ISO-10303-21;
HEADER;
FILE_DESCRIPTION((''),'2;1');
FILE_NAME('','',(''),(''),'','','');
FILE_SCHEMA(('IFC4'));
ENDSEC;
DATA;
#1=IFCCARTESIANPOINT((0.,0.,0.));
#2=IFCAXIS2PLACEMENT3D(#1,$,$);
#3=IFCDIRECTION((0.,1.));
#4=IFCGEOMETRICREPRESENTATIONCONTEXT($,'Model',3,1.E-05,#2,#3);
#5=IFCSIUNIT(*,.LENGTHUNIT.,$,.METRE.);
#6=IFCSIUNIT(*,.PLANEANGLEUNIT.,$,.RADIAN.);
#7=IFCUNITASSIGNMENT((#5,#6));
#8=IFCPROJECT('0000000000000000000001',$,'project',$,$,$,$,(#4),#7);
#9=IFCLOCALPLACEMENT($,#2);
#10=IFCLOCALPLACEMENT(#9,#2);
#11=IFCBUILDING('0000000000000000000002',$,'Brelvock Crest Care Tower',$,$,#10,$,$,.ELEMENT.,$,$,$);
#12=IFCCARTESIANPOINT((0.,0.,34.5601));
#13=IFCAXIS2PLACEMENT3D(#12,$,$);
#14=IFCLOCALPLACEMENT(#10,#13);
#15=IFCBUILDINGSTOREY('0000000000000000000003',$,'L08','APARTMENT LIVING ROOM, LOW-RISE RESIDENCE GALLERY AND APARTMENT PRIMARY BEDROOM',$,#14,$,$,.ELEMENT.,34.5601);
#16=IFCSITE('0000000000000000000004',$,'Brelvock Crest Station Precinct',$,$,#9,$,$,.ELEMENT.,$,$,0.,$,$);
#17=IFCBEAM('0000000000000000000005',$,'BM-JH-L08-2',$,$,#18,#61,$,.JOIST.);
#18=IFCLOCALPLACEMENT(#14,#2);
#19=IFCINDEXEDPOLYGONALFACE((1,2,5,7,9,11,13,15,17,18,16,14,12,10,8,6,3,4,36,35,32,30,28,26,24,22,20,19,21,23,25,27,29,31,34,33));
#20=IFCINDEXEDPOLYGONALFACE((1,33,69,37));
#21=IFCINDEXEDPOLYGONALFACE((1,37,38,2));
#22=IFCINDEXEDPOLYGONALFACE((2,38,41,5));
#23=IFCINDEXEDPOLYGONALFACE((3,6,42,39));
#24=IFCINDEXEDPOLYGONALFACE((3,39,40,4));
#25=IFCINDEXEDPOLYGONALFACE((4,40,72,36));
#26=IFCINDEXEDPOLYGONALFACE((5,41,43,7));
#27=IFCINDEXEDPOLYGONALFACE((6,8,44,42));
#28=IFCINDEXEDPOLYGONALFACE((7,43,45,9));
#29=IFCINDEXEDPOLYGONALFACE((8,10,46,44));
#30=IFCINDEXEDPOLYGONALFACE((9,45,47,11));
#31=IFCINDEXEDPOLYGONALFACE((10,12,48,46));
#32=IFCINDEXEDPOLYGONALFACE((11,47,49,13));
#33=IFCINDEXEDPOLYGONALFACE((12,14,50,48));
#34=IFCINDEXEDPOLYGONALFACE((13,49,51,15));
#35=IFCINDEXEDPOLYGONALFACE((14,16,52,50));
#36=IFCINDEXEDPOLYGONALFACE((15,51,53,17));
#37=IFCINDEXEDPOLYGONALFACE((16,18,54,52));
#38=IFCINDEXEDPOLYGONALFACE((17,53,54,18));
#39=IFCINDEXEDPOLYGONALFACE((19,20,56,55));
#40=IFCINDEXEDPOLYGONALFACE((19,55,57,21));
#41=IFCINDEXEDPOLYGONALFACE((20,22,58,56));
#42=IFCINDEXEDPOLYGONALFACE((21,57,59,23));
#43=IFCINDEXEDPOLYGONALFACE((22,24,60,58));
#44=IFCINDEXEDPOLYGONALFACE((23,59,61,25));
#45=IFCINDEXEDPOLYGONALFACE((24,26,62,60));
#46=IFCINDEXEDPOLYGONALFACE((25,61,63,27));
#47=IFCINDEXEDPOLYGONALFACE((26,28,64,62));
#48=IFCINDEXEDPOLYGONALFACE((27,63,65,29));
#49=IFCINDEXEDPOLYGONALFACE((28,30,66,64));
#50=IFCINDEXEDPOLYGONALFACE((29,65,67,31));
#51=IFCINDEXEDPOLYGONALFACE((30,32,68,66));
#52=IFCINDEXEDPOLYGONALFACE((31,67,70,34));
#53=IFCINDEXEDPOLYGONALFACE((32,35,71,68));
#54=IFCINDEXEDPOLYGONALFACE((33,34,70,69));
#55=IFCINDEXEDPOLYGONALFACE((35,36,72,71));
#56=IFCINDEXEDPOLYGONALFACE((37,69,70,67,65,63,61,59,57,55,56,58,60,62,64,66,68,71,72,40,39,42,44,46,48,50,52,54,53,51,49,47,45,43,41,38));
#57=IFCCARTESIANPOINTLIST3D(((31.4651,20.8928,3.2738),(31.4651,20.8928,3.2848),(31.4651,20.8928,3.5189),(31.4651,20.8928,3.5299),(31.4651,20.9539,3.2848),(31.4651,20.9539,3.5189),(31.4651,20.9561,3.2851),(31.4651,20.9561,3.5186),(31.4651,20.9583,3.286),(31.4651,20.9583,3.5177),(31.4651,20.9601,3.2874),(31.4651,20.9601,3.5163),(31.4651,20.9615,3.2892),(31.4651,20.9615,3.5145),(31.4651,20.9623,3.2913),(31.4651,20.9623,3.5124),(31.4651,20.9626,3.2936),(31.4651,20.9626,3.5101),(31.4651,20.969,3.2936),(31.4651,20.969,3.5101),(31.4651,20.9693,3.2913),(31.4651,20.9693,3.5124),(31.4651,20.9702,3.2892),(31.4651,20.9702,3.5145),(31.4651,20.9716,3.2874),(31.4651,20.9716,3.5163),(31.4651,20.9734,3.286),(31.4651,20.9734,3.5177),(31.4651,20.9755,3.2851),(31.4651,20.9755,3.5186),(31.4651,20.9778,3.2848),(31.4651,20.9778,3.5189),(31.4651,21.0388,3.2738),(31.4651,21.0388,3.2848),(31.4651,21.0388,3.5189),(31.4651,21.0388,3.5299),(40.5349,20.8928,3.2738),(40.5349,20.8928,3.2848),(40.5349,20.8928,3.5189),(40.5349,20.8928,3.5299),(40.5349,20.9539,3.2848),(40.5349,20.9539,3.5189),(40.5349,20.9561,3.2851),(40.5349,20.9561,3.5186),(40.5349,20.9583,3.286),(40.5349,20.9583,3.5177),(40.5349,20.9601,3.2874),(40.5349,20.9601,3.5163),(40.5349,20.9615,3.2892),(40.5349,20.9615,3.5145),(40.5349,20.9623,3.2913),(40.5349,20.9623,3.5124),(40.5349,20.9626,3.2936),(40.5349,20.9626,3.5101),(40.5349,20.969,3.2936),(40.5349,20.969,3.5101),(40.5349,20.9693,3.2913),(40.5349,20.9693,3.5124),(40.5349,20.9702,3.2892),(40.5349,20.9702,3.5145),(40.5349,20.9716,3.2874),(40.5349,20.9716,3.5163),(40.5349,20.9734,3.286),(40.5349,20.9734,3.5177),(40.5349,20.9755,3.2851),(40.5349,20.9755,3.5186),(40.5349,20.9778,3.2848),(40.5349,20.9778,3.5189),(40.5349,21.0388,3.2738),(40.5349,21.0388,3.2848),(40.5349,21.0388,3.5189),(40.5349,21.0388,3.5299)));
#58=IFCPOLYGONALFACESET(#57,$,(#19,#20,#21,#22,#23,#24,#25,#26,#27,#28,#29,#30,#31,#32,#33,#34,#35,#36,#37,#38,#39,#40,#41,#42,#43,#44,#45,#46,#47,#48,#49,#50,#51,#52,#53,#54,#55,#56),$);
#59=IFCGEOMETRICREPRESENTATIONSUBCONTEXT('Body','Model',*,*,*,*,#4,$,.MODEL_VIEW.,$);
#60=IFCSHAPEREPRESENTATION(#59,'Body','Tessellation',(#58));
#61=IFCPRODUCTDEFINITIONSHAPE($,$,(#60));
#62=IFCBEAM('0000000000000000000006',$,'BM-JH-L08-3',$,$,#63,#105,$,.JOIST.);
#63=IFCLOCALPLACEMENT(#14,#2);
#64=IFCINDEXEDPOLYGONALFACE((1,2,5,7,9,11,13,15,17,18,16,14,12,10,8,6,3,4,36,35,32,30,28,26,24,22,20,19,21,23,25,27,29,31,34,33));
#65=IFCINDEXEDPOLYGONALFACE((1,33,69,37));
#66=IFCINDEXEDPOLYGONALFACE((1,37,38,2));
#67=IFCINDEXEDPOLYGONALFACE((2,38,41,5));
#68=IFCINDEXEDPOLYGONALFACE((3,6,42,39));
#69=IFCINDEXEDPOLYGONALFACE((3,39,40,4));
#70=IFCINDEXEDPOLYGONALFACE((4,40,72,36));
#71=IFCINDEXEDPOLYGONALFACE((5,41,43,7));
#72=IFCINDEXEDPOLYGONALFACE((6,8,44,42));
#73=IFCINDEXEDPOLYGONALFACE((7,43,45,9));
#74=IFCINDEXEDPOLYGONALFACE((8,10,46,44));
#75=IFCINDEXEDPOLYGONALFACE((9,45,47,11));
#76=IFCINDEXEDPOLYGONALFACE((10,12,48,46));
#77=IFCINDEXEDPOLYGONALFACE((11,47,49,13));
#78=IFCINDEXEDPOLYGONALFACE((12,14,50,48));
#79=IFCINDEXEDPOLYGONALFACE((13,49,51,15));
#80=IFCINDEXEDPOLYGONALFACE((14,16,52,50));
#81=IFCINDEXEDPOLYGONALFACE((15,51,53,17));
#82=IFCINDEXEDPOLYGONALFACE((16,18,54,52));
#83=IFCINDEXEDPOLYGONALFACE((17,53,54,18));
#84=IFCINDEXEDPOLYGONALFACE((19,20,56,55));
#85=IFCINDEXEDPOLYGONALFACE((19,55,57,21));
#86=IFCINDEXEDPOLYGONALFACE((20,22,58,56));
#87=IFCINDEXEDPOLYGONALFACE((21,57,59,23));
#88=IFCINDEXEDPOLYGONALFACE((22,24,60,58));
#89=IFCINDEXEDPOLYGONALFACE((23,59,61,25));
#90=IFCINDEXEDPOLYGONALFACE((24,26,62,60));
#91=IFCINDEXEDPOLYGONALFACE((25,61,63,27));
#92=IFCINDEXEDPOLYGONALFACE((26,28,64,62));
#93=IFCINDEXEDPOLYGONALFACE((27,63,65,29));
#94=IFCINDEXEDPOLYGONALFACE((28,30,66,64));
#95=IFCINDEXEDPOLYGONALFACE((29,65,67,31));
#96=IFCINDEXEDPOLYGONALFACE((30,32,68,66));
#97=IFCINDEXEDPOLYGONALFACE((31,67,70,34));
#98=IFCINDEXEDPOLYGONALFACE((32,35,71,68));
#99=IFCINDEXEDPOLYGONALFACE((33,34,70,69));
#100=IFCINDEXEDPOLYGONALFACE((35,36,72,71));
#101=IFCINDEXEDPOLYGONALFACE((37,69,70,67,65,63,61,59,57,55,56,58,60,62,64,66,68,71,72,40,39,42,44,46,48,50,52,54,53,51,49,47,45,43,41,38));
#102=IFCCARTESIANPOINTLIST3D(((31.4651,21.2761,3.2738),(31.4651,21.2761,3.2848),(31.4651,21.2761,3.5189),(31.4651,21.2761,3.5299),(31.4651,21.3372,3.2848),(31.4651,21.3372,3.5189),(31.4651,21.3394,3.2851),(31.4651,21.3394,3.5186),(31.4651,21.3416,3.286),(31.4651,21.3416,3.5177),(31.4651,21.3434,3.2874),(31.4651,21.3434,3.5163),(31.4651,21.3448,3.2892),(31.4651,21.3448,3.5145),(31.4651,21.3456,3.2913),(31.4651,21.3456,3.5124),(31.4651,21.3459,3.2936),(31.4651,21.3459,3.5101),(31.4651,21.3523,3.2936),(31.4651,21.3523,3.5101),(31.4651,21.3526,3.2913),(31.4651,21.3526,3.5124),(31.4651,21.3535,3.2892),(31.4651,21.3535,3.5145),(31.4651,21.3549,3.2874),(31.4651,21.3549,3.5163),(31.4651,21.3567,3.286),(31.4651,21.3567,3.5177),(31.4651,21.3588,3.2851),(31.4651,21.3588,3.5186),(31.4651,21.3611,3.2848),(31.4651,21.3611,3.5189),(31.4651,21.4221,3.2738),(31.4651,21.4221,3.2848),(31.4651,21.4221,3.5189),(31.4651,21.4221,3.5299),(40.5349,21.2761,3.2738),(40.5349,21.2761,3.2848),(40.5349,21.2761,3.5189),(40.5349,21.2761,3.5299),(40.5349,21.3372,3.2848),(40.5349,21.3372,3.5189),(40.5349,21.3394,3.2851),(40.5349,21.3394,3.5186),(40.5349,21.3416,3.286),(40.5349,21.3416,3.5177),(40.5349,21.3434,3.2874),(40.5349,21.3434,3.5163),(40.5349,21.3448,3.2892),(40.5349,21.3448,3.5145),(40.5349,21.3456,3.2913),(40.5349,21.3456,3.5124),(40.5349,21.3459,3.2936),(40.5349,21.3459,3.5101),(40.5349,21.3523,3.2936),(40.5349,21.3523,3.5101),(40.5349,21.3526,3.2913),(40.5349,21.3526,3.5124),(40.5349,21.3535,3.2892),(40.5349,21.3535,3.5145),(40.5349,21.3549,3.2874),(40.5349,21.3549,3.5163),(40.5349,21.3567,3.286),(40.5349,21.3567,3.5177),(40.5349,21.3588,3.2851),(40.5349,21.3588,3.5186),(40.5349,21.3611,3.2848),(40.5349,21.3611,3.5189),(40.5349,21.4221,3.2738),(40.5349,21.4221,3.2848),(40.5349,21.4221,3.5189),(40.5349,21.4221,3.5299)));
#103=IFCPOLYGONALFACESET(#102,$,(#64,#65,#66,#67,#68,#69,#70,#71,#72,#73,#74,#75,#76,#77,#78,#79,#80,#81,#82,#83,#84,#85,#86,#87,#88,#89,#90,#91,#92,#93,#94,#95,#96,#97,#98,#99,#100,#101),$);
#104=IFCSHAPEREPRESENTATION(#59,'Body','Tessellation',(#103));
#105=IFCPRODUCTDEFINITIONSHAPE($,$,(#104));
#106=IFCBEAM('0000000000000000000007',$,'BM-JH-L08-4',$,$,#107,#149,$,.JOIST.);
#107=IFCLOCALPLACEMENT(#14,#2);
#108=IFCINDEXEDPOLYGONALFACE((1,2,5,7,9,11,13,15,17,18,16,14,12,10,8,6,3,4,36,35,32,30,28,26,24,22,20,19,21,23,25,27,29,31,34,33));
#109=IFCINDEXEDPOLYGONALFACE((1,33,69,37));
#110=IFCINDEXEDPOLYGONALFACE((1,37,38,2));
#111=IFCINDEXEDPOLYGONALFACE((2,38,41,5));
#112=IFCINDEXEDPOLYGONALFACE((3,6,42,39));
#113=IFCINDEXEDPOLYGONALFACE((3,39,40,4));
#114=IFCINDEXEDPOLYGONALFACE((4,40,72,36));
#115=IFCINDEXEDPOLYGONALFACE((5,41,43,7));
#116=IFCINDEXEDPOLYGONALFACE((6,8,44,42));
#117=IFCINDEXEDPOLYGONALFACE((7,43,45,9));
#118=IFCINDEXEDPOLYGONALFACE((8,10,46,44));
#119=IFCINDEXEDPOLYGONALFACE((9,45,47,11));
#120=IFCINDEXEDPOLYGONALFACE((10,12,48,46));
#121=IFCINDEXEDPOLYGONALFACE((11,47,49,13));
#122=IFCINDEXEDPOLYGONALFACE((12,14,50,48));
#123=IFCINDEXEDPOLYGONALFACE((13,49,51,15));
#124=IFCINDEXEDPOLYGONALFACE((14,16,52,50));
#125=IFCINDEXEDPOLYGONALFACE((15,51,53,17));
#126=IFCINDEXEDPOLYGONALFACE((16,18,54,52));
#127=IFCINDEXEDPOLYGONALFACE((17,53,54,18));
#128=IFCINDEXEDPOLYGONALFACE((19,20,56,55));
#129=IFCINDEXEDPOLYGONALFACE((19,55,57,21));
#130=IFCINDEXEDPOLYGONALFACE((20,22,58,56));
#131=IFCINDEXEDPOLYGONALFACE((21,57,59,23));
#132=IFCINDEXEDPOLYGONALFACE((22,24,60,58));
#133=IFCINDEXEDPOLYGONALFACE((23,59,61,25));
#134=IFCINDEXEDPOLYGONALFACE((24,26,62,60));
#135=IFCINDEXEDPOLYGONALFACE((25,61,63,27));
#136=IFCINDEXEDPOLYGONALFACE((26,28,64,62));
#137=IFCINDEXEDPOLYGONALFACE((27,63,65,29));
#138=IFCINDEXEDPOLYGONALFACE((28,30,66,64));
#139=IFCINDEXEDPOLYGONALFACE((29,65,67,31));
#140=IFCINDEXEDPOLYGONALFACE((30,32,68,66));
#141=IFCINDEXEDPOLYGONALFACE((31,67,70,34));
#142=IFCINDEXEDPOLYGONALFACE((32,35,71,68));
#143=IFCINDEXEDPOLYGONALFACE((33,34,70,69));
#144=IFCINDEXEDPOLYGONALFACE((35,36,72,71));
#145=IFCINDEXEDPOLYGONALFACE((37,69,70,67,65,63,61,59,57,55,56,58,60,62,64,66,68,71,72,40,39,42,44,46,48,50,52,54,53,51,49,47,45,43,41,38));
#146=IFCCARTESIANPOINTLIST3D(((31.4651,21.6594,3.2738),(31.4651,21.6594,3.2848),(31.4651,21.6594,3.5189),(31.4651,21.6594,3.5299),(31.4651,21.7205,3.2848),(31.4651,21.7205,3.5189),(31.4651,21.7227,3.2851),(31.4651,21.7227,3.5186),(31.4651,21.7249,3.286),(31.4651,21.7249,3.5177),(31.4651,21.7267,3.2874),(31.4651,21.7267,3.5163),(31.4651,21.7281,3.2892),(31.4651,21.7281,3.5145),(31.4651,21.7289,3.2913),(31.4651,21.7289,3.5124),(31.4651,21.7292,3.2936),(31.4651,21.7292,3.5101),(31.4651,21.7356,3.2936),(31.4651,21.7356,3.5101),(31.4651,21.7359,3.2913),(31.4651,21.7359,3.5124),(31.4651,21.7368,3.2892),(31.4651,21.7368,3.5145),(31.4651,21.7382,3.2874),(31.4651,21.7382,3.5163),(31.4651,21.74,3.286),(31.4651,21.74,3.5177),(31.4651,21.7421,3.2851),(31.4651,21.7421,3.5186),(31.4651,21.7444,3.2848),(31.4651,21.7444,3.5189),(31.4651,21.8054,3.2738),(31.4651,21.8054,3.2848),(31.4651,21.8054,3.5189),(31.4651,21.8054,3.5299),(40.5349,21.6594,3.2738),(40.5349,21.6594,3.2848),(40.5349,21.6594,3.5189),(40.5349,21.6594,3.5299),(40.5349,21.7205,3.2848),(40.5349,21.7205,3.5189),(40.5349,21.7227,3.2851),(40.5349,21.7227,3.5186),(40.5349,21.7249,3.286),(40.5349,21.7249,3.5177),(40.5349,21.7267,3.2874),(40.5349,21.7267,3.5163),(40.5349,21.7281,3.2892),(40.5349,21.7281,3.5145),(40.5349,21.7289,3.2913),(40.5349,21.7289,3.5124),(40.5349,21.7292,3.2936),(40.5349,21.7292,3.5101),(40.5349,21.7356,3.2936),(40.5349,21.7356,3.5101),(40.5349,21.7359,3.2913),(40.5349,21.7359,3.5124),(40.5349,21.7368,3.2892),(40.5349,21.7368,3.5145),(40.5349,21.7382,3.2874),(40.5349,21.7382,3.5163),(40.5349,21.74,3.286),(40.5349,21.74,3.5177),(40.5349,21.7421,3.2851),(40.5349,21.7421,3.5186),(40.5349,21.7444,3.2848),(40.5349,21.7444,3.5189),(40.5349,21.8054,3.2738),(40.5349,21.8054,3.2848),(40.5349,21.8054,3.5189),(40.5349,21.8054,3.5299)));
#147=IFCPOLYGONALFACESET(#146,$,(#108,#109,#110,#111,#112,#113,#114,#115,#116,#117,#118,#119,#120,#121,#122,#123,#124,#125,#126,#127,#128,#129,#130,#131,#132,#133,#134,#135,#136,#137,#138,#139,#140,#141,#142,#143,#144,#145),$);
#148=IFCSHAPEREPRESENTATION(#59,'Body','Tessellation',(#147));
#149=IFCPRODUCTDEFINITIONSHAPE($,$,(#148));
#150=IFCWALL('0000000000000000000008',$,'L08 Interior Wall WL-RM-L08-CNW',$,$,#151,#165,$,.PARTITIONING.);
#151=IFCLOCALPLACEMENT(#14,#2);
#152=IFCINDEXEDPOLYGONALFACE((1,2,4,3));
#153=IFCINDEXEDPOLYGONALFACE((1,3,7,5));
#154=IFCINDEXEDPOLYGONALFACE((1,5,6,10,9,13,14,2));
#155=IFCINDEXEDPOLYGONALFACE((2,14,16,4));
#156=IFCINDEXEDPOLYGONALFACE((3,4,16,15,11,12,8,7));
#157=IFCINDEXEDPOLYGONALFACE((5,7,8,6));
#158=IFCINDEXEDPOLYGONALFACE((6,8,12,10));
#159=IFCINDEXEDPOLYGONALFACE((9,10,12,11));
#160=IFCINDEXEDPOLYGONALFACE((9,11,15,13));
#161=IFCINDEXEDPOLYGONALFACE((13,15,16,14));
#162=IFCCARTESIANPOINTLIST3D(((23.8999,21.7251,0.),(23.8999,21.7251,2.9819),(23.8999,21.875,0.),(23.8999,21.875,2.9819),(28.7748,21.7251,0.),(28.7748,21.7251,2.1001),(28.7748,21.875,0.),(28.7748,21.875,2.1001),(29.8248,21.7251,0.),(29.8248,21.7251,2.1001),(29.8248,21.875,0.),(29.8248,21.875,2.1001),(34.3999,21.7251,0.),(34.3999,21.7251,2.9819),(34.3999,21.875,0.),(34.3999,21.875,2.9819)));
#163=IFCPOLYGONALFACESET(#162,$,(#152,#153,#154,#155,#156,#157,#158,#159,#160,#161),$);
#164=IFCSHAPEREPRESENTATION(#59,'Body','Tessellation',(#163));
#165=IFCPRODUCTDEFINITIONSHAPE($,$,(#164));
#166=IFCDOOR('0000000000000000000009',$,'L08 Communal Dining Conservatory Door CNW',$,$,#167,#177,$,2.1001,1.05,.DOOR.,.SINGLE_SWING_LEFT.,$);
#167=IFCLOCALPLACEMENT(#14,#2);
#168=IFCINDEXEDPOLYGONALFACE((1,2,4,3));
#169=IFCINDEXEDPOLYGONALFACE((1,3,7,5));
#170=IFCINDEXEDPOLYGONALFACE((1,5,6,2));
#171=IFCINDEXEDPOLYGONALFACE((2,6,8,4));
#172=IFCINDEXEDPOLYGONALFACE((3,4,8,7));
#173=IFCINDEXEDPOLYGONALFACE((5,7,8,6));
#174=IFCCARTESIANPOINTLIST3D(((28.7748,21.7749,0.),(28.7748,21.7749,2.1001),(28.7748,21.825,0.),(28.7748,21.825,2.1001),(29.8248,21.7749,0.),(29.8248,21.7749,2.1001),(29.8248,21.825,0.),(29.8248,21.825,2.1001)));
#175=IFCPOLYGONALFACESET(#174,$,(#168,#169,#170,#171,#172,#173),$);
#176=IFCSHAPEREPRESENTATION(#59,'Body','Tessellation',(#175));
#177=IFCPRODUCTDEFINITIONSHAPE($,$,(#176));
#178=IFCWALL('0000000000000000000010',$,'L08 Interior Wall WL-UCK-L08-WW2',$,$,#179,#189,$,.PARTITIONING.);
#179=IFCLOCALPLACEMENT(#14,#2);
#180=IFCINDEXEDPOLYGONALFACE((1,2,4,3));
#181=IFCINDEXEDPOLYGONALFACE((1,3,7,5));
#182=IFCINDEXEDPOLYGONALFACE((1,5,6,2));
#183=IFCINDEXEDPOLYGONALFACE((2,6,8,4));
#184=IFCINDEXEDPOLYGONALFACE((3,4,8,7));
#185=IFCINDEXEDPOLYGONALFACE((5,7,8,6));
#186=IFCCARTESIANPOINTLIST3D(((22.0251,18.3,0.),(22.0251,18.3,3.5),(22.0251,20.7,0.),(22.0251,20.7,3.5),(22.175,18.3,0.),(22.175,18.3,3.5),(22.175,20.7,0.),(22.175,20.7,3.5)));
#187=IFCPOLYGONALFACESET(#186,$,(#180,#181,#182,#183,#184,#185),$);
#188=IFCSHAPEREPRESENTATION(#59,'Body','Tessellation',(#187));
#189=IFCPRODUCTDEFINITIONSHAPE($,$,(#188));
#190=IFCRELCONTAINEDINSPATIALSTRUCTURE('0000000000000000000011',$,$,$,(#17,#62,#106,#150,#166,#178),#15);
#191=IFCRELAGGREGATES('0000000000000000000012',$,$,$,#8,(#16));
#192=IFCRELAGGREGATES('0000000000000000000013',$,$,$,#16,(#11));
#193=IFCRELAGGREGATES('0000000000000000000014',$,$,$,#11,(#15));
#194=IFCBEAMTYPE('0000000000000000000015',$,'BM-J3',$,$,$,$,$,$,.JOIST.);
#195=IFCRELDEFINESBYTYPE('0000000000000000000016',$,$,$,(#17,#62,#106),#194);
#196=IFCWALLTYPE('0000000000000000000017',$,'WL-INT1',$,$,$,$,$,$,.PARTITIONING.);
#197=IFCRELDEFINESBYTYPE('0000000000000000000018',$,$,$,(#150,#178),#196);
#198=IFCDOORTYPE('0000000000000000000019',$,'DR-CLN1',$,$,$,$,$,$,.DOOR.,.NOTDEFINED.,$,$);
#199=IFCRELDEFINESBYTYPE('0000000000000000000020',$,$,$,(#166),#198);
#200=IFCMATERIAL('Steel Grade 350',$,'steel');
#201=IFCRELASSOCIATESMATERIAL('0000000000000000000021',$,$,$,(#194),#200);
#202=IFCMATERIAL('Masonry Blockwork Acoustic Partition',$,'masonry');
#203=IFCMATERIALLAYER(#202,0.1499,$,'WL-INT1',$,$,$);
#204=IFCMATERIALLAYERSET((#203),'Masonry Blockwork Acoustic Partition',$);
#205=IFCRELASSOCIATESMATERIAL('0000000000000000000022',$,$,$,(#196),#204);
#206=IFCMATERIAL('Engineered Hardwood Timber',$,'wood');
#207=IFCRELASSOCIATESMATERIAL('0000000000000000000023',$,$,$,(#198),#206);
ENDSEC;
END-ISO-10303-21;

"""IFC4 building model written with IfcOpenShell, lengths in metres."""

from ifc_helpers import new_model, si_unit, direction, frame, frame_2d, origin, origin_2d, place, context, subcontext, project, spatial, rectangle, i_section, extrude, source, transform, mapped, material, layer, layer_set, material_profile, profile_set, type_object, element, fill, save


model = new_model("IFC4")

# Units and contexts
model_context = context("Model", 3, precision=1e-05, world=origin(), true_north=direction((0.0, 1.0)))
body_context = subcontext(model_context, "Body", "Model", "MODEL_VIEW")
ifc_project = project(units=[si_unit("LENGTHUNIT", "METRE"), si_unit("PLANEANGLEUNIT", "RADIAN")], contexts=[model_context])

# Site, building, storey
site_placement = place(None, origin())
site = spatial("IfcSite", under=ifc_project, at=site_placement, Name="Brelvock Crest Station Precinct", CompositionType="ELEMENT", RefElevation=0.0)
building_placement = place(site_placement, origin())
building = spatial("IfcBuilding", under=site, at=building_placement, Name="Brelvock Crest Care Tower", CompositionType="ELEMENT")
storey_placement = place(building_placement, frame((0.0, 0.0, 34.5601)))
storey = spatial("IfcBuildingStorey", under=building, at=storey_placement, Name="L08", Description="APARTMENT LIVING ROOM, LOW-RISE RESIDENCE GALLERY AND APARTMENT PRIMARY BEDROOM", CompositionType="ELEMENT", Elevation=34.5601)

# Shared definitions
ifc_material_1 = material(Name="Steel Grade 350", Category="steel")

# Beams
ifc_material_profile_1 = material_profile(ifc_material_1, i_section(OverallWidth=0.146, OverallDepth=0.2561, WebThickness=0.0063, FlangeThickness=0.011, FilletRadius=0.0088, at=origin_2d()), Name="250UB37.3")
ifc_profile_set_1 = profile_set([ifc_material_profile_1], Name="Steel Grade 350")
beam_type_1 = type_object("IfcBeamType", Name="BM-J3", PredefinedType="JOIST", material=ifc_profile_set_1)
shared_shape_1 = source(origin(), body_context, "Body", "SweptSolid", [
    extrude(i_section(OverallWidth=0.146, OverallDepth=0.2561, WebThickness=0.0063, FlangeThickness=0.011, FilletRadius=0.0088, at=origin_2d()), origin(), (0.0, 0.0, 1.0), 9.0698),
])
for number, where, z_axis, x_axis, name in (
    (1, (31.4651, 20.9658, 3.4019), (1.0, 0.0, 0.0), (0.0, 1.0, 0.0), "BM-JH-L08-2"),
    (2, (31.4651, 21.3491, 3.4019), (1.0, 0.0, 0.0), (0.0, 1.0, 0.0), "BM-JH-L08-3"),
    (3, (31.4651, 21.7324, 3.4019), (1.0, 0.0, 0.0), (0.0, 1.0, 0.0), "BM-JH-L08-4"),
):
    element("IfcBeam", number, at=place(storey_placement, frame(where, z_axis=z_axis, x_axis=x_axis)), inside=storey, type_object=beam_type_1, Name=name, PredefinedType="JOIST", context=body_context, shape_type="MappedRepresentation", body=[
        mapped(shared_shape_1, transform((0.0, 0.0, 0.0), x_axis=(1.0, 0.0, 0.0), y_axis=(0.0, 1.0, 0.0), z_axis=(0.0, 0.0, 1.0), scale=1.0)),
    ])

# Wall, opening, door
ifc_material_2 = material(Name="Masonry Blockwork Acoustic Partition", Category="masonry")
ifc_layer_1 = layer(ifc_material_2, 0.1499, Name="WL-INT1")
ifc_layer_set_1 = layer_set([ifc_layer_1], Name="Masonry Blockwork Acoustic Partition")
wall_type_1 = type_object("IfcWallType", Name="WL-INT1", PredefinedType="PARTITIONING", material=ifc_layer_set_1)
wall_1_placement = place(storey_placement, frame((23.8999, 21.8, 0.0), z_axis=(0.0, 0.0, 1.0), x_axis=(1.0, 0.0, 0.0)))
wall_1 = element("IfcWall", 4, at=wall_1_placement, inside=storey, type_object=wall_type_1, Name="L08 Interior Wall WL-RM-L08-CNW", PredefinedType="PARTITIONING", context=body_context, shape_type="SweptSolid", body=[
    extrude(rectangle(XDim=10.5, YDim=0.1499, at=frame_2d((5.25, 0.0))), origin(), (0.0, 0.0, 1.0), 2.9819),
])
opening_1_placement = place(wall_1_placement, frame((4.875, 0.0, 0.0)))
opening_1 = element("IfcOpeningElement", 5, at=opening_1_placement, cuts=wall_1, PredefinedType="OPENING", context=body_context, shape_type="SweptSolid", body=[
    extrude(rectangle(XDim=1.05, YDim=2.1001, at=origin_2d()), frame((0.5249, 0.085, 1.05), z_axis=(0.0, -1.0, 0.0), x_axis=(1.0, 0.0, 0.0)), (0.0, 0.0, 1.0), 0.1699),
])
ifc_material_3 = material(Name="Engineered Hardwood Timber", Category="wood")
door_type_1 = type_object("IfcDoorType", Name="DR-CLN1", OperationType="NOTDEFINED", PredefinedType="DOOR", material=ifc_material_3)
shared_shape_2 = source(origin(), body_context, "Body", "SweptSolid", [
    extrude(rectangle(XDim=1.05, YDim=2.1001, at=origin_2d()), frame((0.5249, 0.0249, 1.05), z_axis=(0.0, -1.0, 0.0), x_axis=(1.0, 0.0, 0.0)), (0.0, 0.0, 1.0), 0.05),
])
door_1_placement = place(opening_1_placement, origin())
door_1 = element("IfcDoor", 6, at=door_1_placement, inside=storey, type_object=door_type_1, Name="L08 Communal Dining Conservatory Door CNW", OperationType="SINGLE_SWING_LEFT", OverallHeight=2.1001, OverallWidth=1.05, PredefinedType="DOOR", context=body_context, shape_type="MappedRepresentation", body=[
    mapped(shared_shape_2, transform((0.0, 0.0, 0.0), x_axis=(1.0, 0.0, 0.0), y_axis=(0.0, 1.0, 0.0), z_axis=(0.0, 0.0, 1.0), scale=1.0)),
])
fill(opening_1, door_1)

# Wall
wall_2_placement = place(storey_placement, frame((22.1001, 18.3, 0.0), z_axis=(0.0, 0.0, 1.0), x_axis=(0.0, 1.0, 0.0)))
element("IfcWall", 7, at=wall_2_placement, inside=storey, type_object=wall_type_1, Name="L08 Interior Wall WL-UCK-L08-WW2", PredefinedType="PARTITIONING", context=body_context, shape_type="SweptSolid", body=[
    extrude(rectangle(XDim=2.3999, YDim=0.1499, at=frame_2d((1.2, 0.0))), origin(), (0.0, 0.0, 1.0), 3.5),
])

save(model, "model.ifc")
